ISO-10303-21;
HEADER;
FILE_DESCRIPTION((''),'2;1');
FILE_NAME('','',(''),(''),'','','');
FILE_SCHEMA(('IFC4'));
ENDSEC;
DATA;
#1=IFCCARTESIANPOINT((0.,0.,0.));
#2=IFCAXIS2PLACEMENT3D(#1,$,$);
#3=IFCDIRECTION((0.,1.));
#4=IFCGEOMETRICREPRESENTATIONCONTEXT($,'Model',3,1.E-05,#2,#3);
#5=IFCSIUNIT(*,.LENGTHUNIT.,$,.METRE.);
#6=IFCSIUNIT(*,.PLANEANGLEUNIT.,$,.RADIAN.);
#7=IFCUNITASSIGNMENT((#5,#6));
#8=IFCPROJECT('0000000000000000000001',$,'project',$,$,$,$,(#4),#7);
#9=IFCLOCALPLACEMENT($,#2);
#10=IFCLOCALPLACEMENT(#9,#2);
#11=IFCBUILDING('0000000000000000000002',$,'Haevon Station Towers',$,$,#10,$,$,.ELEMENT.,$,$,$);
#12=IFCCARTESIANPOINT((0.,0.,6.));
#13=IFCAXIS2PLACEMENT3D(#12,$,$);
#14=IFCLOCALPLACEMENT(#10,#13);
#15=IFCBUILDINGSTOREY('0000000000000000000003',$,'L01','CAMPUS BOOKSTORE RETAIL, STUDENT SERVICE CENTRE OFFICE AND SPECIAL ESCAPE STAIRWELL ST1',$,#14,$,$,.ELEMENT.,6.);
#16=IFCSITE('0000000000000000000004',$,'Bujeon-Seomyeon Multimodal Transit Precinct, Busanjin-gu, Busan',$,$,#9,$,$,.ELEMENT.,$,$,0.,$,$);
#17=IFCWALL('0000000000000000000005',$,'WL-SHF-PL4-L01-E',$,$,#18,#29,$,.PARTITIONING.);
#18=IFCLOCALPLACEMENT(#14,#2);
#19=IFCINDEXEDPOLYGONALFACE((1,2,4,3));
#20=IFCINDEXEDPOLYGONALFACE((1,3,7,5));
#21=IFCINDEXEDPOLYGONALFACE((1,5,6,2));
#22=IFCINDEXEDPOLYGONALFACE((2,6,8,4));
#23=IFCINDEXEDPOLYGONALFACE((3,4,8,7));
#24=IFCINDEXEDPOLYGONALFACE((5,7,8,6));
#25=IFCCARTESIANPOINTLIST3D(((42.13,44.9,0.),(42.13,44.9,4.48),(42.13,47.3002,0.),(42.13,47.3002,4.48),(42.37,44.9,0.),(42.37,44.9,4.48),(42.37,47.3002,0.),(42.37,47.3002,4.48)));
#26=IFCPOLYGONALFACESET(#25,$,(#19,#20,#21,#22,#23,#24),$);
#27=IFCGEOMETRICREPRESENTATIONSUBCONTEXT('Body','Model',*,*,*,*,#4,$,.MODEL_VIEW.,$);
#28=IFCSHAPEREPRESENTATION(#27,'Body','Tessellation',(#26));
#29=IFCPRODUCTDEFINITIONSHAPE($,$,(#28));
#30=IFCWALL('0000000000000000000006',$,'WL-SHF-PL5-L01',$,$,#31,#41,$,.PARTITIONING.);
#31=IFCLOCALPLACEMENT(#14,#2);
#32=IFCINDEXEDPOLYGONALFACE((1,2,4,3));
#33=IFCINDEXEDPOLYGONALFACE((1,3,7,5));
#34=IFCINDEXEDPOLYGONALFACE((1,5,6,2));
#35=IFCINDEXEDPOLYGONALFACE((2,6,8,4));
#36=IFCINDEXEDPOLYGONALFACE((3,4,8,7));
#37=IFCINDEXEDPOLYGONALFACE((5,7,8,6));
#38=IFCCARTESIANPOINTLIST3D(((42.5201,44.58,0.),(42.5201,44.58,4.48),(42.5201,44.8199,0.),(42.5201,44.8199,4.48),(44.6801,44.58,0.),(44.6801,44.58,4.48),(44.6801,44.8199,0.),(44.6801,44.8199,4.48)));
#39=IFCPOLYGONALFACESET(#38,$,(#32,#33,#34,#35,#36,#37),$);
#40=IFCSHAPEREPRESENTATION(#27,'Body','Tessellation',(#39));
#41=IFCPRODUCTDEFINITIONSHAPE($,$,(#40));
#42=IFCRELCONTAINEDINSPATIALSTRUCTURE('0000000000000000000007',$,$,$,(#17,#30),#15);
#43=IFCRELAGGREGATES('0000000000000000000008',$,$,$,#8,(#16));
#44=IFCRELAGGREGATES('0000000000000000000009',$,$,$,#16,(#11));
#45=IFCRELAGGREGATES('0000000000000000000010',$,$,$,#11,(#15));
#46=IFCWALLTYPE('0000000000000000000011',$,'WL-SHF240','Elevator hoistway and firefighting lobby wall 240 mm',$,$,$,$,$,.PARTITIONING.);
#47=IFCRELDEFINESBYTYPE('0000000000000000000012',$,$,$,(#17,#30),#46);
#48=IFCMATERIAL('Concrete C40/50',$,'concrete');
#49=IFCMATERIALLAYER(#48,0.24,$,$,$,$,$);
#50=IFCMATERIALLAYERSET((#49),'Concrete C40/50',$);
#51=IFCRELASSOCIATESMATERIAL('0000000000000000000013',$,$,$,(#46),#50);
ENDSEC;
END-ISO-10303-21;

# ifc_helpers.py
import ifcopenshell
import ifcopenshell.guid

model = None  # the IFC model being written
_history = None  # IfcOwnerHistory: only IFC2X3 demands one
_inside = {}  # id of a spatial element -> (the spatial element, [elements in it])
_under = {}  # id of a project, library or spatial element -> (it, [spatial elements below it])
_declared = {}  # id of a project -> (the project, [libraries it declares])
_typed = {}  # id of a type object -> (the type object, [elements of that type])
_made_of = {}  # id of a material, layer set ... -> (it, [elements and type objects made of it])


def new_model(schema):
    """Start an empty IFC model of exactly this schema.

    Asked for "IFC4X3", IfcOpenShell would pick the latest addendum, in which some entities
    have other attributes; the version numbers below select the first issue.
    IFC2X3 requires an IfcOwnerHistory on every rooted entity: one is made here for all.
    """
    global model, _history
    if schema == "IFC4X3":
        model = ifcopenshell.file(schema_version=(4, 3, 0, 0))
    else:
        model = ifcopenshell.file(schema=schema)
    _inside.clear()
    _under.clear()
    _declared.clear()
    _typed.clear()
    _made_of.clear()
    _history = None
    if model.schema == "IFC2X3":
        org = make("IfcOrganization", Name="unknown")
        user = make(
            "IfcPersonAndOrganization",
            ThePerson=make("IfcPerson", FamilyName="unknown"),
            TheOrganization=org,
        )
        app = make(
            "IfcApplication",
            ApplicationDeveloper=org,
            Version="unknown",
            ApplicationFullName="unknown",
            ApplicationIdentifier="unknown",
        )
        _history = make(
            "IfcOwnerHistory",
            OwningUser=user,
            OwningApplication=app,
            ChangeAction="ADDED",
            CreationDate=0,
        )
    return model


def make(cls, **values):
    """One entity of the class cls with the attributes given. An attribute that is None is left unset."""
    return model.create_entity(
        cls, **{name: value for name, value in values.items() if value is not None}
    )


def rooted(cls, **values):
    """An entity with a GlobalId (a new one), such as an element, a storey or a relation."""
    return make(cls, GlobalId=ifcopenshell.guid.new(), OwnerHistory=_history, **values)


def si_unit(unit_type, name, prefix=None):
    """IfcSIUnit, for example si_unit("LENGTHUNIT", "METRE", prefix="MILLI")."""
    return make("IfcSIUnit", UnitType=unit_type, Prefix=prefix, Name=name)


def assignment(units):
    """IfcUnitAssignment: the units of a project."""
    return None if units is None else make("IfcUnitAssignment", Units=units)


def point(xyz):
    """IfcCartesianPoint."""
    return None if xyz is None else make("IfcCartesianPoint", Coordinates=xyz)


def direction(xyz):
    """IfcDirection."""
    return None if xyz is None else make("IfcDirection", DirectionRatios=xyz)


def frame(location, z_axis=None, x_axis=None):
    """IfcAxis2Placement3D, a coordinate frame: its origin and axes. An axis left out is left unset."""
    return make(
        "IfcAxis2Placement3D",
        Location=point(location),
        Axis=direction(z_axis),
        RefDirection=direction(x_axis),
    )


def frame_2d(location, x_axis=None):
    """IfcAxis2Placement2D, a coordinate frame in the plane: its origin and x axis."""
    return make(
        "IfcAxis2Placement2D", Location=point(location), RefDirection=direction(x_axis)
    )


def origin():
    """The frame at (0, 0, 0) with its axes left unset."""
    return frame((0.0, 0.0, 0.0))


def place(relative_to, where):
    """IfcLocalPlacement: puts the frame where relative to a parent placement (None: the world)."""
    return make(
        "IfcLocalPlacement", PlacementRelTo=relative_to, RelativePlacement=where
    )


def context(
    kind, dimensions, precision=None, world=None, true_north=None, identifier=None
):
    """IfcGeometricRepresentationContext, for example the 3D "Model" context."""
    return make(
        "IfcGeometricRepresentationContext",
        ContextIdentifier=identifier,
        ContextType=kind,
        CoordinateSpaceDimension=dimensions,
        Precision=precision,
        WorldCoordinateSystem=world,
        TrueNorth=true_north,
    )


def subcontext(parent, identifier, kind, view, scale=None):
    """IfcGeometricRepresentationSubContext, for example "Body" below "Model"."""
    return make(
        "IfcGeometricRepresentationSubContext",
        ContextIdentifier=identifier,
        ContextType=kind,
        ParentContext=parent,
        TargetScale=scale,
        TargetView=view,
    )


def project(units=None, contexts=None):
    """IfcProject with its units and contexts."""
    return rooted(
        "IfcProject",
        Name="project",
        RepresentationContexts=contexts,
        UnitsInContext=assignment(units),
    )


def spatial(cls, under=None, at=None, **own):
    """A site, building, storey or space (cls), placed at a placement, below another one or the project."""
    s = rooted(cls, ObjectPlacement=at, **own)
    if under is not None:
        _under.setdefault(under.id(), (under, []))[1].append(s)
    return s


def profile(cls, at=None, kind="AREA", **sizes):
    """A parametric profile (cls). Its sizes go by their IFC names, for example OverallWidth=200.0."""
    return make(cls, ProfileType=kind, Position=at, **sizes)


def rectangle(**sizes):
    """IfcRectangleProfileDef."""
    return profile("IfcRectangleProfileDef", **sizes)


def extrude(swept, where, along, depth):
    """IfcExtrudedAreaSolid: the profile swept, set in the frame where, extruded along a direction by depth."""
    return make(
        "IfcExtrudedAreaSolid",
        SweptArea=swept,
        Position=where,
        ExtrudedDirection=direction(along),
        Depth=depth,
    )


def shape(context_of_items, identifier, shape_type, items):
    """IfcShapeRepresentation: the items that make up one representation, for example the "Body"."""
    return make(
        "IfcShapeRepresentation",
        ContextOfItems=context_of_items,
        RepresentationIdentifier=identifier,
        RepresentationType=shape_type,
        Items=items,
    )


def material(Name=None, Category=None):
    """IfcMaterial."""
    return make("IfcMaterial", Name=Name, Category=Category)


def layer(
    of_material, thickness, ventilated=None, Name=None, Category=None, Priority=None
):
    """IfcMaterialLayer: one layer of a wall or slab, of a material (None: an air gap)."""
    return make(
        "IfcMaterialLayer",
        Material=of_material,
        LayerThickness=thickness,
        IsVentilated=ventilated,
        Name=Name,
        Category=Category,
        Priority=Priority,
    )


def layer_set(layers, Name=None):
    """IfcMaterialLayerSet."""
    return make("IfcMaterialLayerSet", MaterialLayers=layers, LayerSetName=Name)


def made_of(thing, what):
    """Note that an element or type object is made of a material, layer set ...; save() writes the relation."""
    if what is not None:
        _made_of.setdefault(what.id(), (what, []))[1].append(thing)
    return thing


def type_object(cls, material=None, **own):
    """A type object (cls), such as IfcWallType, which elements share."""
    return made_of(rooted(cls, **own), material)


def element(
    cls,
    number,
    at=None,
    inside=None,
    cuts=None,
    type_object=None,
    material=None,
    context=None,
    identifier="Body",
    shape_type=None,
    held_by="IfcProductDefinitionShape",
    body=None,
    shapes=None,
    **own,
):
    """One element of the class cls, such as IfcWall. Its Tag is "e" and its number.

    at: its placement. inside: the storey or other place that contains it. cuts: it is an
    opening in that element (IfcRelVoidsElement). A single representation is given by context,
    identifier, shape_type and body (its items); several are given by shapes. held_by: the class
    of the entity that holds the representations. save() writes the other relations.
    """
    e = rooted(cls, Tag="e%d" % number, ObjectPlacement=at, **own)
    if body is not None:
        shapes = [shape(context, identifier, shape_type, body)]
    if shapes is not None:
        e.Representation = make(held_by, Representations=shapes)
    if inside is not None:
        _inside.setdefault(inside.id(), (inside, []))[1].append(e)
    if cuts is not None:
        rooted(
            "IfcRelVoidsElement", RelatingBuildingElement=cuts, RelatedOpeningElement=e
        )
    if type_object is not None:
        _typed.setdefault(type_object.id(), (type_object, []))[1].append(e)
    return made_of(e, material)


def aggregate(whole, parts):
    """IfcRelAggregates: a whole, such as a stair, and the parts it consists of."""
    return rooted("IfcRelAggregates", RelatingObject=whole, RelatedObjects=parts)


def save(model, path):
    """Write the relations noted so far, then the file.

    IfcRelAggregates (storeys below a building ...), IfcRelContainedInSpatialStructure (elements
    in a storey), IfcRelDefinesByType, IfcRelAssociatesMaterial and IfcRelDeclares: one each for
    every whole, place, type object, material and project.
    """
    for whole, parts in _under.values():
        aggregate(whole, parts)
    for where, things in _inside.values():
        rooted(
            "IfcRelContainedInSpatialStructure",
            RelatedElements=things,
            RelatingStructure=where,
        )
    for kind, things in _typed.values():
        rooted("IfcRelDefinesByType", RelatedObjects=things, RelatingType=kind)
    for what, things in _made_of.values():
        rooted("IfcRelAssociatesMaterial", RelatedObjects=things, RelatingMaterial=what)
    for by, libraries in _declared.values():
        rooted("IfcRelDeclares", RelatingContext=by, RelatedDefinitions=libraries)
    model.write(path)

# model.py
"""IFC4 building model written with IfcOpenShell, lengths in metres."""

from ifc_helpers import new_model, si_unit, direction, frame, frame_2d, origin, place, context, subcontext, project, spatial, rectangle, extrude, material, layer, layer_set, type_object, element, save


model = new_model("IFC4")

# Units and contexts
model_context = context("Model", 3, precision=1e-05, world=origin(), true_north=direction((0.0, 1.0)))
body_context = subcontext(model_context, "Body", "Model", "MODEL_VIEW")
ifc_project = project(units=[si_unit("LENGTHUNIT", "METRE"), si_unit("PLANEANGLEUNIT", "RADIAN")], contexts=[model_context])

# Site, building, storey
site_placement = place(None, origin())
site = spatial("IfcSite", under=ifc_project, at=site_placement, Name="Bujeon-Seomyeon Multimodal Transit Precinct, Busanjin-gu, Busan", CompositionType="ELEMENT", RefElevation=0.0)
building_placement = place(site_placement, origin())
building = spatial("IfcBuilding", under=site, at=building_placement, Name="Haevon Station Towers", CompositionType="ELEMENT")
storey_placement = place(building_placement, frame((0.0, 0.0, 6.0)))
storey = spatial("IfcBuildingStorey", under=building, at=storey_placement, Name="L01", Description="CAMPUS BOOKSTORE RETAIL, STUDENT SERVICE CENTRE OFFICE AND SPECIAL ESCAPE STAIRWELL ST1", CompositionType="ELEMENT", Elevation=6.0)

# Shared definitions
ifc_material_1 = material(Name="Concrete C40/50", Category="concrete")
ifc_layer_1 = layer(ifc_material_1, 0.24)
ifc_layer_set_1 = layer_set([ifc_layer_1], Name="Concrete C40/50")
wall_type_1 = type_object("IfcWallType", Name="WL-SHF240", Description="Elevator hoistway and firefighting lobby wall 240 mm", PredefinedType="PARTITIONING", material=ifc_layer_set_1)

# Walls
wall_1_placement = place(storey_placement, frame((42.25, 44.8999, 0.0), z_axis=(0.0, 0.0, 1.0), x_axis=(0.0, 1.0, 0.0)))
element("IfcWall", 1, at=wall_1_placement, inside=storey, type_object=wall_type_1, Name="WL-SHF-PL4-L01-E", PredefinedType="PARTITIONING", context=body_context, shape_type="SweptSolid", body=[
    extrude(rectangle(XDim=2.4001, YDim=0.24, at=frame_2d((1.2002, 0.0))), origin(), (0.0, 0.0, 1.0), 4.48),
])
wall_2_placement = place(storey_placement, frame((42.52, 44.7, 0.0), z_axis=(0.0, 0.0, 1.0), x_axis=(1.0, 0.0, 0.0)))
element("IfcWall", 2, at=wall_2_placement, inside=storey, type_object=wall_type_1, Name="WL-SHF-PL5-L01", PredefinedType="PARTITIONING", context=body_context, shape_type="SweptSolid", body=[
    extrude(rectangle(XDim=2.1599, YDim=0.24, at=frame_2d((1.0801, 0.0))), origin(), (0.0, 0.0, 1.0), 4.48),
])

save(model, "model.ifc")
